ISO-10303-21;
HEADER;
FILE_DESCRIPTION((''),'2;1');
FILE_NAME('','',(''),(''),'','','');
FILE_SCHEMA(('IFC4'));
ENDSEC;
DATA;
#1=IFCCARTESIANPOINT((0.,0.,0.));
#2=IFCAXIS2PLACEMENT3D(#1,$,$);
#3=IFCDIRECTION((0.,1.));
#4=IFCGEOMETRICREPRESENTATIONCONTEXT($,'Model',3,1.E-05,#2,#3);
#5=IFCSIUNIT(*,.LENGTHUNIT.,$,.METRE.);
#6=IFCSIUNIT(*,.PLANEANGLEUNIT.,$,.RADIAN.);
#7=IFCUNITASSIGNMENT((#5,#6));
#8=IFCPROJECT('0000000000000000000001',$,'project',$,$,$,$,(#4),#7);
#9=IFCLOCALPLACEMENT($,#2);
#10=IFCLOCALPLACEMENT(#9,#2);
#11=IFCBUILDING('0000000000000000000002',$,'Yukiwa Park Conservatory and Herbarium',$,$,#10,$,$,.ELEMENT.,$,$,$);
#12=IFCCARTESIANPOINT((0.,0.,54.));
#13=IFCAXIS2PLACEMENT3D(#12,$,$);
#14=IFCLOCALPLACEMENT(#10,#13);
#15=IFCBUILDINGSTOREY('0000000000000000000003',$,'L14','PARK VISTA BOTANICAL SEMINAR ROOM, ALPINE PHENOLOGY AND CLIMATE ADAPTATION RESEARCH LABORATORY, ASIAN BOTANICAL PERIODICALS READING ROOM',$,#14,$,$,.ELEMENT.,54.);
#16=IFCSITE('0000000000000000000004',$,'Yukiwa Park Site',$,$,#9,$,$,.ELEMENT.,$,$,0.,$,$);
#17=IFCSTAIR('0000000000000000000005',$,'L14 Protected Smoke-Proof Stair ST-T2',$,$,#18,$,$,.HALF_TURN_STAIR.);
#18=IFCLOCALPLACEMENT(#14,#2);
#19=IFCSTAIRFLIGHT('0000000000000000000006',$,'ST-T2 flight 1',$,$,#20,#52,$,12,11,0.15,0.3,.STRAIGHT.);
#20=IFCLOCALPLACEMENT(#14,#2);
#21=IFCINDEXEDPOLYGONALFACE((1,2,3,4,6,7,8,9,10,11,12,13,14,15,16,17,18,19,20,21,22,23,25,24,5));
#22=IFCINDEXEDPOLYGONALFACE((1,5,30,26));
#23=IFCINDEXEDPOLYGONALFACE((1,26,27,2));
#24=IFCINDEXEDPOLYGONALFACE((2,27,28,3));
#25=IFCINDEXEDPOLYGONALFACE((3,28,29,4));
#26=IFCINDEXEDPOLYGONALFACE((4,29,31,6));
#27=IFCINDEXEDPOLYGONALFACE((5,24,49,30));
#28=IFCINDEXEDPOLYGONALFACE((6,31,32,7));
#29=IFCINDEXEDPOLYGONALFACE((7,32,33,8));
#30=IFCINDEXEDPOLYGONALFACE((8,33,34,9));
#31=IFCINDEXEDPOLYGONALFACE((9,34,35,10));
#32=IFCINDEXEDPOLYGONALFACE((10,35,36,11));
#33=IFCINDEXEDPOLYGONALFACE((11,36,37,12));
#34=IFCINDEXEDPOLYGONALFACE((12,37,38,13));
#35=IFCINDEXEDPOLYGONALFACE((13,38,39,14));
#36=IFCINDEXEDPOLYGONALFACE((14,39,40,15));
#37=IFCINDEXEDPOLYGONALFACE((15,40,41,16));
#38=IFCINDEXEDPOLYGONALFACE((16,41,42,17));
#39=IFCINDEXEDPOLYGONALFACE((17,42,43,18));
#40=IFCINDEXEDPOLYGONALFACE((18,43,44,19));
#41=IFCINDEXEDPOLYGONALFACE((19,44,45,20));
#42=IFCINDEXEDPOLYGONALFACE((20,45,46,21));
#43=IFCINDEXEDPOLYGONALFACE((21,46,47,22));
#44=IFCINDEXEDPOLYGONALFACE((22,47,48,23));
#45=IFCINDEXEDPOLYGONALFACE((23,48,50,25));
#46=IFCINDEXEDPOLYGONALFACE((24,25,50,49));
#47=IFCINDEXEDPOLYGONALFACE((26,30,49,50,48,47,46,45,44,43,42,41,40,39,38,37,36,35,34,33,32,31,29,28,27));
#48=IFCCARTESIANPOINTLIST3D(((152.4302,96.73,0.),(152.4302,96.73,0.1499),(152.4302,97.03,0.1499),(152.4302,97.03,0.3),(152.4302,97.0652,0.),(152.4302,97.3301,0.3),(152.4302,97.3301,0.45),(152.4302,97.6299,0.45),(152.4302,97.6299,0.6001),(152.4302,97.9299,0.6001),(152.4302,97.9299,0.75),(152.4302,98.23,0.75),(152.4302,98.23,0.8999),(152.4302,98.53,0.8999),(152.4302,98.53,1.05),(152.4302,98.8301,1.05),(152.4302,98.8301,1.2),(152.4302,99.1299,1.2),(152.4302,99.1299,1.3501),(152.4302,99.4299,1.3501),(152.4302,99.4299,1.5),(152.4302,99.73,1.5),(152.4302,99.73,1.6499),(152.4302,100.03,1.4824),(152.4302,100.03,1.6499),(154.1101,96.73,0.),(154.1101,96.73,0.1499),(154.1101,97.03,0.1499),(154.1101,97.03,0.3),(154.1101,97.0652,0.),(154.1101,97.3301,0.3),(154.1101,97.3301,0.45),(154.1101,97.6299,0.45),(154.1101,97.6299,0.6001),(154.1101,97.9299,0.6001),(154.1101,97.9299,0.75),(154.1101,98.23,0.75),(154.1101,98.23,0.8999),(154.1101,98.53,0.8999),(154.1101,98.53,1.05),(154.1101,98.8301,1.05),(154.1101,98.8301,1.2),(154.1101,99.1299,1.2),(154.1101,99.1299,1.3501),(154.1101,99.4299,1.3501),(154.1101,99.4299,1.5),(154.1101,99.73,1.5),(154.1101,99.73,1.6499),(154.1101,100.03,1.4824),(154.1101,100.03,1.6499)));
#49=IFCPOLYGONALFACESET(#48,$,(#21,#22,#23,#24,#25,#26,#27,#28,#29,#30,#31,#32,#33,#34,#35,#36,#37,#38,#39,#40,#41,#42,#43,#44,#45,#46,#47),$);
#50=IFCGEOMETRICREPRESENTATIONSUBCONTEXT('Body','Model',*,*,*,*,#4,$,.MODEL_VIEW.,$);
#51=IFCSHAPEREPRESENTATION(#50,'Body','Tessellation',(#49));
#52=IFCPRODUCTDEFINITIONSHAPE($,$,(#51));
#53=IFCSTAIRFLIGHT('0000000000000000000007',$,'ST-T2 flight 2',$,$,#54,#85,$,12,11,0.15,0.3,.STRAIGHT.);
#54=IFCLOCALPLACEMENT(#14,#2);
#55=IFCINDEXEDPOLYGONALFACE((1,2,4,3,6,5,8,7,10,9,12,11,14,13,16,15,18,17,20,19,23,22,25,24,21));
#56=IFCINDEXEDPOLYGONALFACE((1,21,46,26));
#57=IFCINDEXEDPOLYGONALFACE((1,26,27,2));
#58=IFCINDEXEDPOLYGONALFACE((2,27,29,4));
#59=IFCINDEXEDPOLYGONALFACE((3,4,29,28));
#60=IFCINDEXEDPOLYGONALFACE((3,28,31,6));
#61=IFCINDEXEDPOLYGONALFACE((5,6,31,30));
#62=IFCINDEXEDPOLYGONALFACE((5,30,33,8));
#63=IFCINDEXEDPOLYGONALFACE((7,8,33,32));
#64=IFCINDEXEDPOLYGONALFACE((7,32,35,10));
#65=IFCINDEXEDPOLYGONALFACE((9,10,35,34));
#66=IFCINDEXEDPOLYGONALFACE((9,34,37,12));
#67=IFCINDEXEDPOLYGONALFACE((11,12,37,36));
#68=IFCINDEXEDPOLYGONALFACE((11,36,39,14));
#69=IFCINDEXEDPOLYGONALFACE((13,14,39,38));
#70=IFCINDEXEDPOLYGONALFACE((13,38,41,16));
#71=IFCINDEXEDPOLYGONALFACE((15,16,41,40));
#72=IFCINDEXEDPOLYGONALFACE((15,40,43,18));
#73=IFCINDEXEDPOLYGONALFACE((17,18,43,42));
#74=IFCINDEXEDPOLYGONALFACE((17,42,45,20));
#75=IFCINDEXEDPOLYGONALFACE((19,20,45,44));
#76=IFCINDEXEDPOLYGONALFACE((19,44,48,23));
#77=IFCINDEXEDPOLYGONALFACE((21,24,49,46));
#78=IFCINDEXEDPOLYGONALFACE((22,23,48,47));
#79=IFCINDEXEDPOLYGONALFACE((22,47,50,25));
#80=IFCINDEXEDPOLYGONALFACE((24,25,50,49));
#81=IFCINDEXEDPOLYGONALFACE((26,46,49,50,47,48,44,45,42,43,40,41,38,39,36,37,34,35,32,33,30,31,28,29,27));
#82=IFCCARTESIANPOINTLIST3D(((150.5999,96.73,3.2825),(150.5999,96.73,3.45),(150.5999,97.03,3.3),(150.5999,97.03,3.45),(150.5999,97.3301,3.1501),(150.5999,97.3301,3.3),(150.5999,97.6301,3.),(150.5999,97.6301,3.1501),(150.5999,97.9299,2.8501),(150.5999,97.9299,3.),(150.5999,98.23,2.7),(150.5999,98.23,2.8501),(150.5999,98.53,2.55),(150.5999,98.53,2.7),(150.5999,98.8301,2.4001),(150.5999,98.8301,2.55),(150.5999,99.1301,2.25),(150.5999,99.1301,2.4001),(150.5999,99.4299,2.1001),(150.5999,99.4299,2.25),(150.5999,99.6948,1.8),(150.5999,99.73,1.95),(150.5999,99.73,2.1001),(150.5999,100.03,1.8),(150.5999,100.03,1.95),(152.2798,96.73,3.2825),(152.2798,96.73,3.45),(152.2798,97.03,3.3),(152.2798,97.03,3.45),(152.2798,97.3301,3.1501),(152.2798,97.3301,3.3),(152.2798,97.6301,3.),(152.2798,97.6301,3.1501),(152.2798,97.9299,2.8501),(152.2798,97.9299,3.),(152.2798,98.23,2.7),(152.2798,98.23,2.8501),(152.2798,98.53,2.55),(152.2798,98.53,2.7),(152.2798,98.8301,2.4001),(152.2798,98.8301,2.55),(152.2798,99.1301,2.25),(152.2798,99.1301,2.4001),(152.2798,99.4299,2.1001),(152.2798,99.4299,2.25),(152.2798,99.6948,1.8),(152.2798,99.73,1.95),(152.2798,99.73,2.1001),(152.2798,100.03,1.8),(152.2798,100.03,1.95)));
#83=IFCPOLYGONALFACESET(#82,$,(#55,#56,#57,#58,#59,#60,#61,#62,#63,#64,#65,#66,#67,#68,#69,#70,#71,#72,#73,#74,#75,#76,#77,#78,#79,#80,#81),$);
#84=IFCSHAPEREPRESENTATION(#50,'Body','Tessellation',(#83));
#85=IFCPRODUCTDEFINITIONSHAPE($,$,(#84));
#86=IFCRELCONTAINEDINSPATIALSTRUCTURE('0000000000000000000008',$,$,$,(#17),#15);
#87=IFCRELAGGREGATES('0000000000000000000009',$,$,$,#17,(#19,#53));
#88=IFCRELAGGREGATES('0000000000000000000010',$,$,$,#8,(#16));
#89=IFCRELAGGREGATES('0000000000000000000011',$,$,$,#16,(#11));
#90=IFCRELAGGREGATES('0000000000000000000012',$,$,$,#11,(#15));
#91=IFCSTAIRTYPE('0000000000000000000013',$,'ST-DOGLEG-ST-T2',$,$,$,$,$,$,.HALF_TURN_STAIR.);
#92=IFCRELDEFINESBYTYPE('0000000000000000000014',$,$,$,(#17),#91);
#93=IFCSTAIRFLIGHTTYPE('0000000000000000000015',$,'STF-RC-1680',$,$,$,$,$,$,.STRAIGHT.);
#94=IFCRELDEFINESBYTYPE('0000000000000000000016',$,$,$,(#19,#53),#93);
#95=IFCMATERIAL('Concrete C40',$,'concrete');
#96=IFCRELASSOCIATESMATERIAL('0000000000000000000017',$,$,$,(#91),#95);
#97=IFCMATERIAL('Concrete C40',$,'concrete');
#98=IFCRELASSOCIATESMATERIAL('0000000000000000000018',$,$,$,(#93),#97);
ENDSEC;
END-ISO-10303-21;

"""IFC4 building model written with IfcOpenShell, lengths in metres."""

from ifc_helpers import new_model, si_unit, direction, frame, origin, place, context, subcontext, project, spatial, polyline, outline, extrude, material, type_object, element, aggregate, save


model = new_model("IFC4")

# Units and contexts
model_context = context("Model", 3, precision=1e-05, world=origin(), true_north=direction((0.0, 1.0)))
body_context = subcontext(model_context, "Body", "Model", "MODEL_VIEW")
ifc_project = project(units=[si_unit("LENGTHUNIT", "METRE"), si_unit("PLANEANGLEUNIT", "RADIAN")], contexts=[model_context])

# Site, building, storey
site_placement = place(None, origin())
site = spatial("IfcSite", under=ifc_project, at=site_placement, Name="Yukiwa Park Site", CompositionType="ELEMENT", RefElevation=0.0)
building_placement = place(site_placement, origin())
building = spatial("IfcBuilding", under=site, at=building_placement, Name="Yukiwa Park Conservatory and Herbarium", CompositionType="ELEMENT")
storey_placement = place(building_placement, frame((0.0, 0.0, 54.0)))
storey = spatial("IfcBuildingStorey", under=building, at=storey_placement, Name="L14", Description="PARK VISTA BOTANICAL SEMINAR ROOM, ALPINE PHENOLOGY AND CLIMATE ADAPTATION RESEARCH LABORATORY, ASIAN BOTANICAL PERIODICALS READING ROOM", CompositionType="ELEMENT", Elevation=54.0)

# Stair, stair flights
ifc_material_1 = material(Name="Concrete C40", Category="concrete")
stair_type = type_object("IfcStairType", Name="ST-DOGLEG-ST-T2", PredefinedType="HALF_TURN_STAIR", material=ifc_material_1)
stair_placement = place(storey_placement, origin())
stair = element("IfcStair", 1, at=stair_placement, inside=storey, type_object=stair_type, Name="L14 Protected Smoke-Proof Stair ST-T2", PredefinedType="HALF_TURN_STAIR")
ifc_material_2 = material(Name="Concrete C40", Category="concrete")
stair_flight_type = type_object("IfcStairFlightType", Name="STF-RC-1680", PredefinedType="STRAIGHT", material=ifc_material_2)
stair_flight_1_placement = place(storey_placement, frame((153.27, 96.73, 0.0), z_axis=(0.0, 0.0, 1.0), x_axis=(0.0, 1.0, 0.0)))
stair_flight_1 = element("IfcStairFlight", 2, at=stair_flight_1_placement, type_object=stair_flight_type, Name="ST-T2 flight 1", NumberOfRisers=12, NumberOfTreads=11, PredefinedType="STRAIGHT", RiserHeight=0.15, TreadLength=0.3, context=body_context, shape_type="SweptSolid", body=[
    extrude(outline(polyline([(0.0, 0.0), (0.0, 0.1499), (0.3, 0.1499), (0.3, 0.3), (0.6001, 0.3), (0.6001, 0.45), (0.8999, 0.45), (0.8999, 0.6001), (1.2, 0.6001), (1.2, 0.75), (1.5, 0.75), (1.5, 0.8999), (1.8, 0.8999), (1.8, 1.05), (2.1001, 1.05), (2.1001, 1.2), (2.3999, 1.2), (2.3999, 1.3501), (2.7, 1.3501), (2.7, 1.5), (3.0, 1.5), (3.0, 1.6499), (3.3, 1.6499), (3.3, 1.8), (3.3, 1.4824), (0.3352, 0.0), (0.0, 0.0)])), frame((0.0, 0.8398, 0.0), z_axis=(0.0, -1.0, 0.0), x_axis=(1.0, 0.0, 0.0)), (0.0, 0.0, 1.0), 1.6799),
])
stair_flight_2_placement = place(storey_placement, frame((151.4399, 100.03, 1.8), z_axis=(0.0, 0.0, 1.0), x_axis=(0.0, -1.0, 0.0)))
stair_flight_2 = element("IfcStairFlight", 3, at=stair_flight_2_placement, type_object=stair_flight_type, Name="ST-T2 flight 2", NumberOfRisers=12, NumberOfTreads=11, PredefinedType="STRAIGHT", RiserHeight=0.15, TreadLength=0.3, context=body_context, shape_type="SweptSolid", body=[
    extrude(outline(polyline([(0.0, 0.0), (0.0, 0.1499), (0.3, 0.1499), (0.3, 0.3), (0.6001, 0.3), (0.6001, 0.45), (0.8999, 0.45), (0.8999, 0.6001), (1.2, 0.6001), (1.2, 0.75), (1.5, 0.75), (1.5, 0.8999), (1.8, 0.8999), (1.8, 1.05), (2.1001, 1.05), (2.1001, 1.2), (2.3999, 1.2), (2.3999, 1.3501), (2.7, 1.3501), (2.7, 1.5), (3.0, 1.5), (3.0, 1.6499), (3.3, 1.6499), (3.3, 1.8), (3.3, 1.4824), (0.3352, 0.0), (0.0, 0.0)])), frame((0.0, 0.8398, 0.0), z_axis=(0.0, -1.0, 0.0), x_axis=(1.0, 0.0, 0.0)), (0.0, 0.0, 1.0), 1.6799),
])
aggregate(stair, [stair_flight_1, stair_flight_2])

save(model, "model.ifc")
